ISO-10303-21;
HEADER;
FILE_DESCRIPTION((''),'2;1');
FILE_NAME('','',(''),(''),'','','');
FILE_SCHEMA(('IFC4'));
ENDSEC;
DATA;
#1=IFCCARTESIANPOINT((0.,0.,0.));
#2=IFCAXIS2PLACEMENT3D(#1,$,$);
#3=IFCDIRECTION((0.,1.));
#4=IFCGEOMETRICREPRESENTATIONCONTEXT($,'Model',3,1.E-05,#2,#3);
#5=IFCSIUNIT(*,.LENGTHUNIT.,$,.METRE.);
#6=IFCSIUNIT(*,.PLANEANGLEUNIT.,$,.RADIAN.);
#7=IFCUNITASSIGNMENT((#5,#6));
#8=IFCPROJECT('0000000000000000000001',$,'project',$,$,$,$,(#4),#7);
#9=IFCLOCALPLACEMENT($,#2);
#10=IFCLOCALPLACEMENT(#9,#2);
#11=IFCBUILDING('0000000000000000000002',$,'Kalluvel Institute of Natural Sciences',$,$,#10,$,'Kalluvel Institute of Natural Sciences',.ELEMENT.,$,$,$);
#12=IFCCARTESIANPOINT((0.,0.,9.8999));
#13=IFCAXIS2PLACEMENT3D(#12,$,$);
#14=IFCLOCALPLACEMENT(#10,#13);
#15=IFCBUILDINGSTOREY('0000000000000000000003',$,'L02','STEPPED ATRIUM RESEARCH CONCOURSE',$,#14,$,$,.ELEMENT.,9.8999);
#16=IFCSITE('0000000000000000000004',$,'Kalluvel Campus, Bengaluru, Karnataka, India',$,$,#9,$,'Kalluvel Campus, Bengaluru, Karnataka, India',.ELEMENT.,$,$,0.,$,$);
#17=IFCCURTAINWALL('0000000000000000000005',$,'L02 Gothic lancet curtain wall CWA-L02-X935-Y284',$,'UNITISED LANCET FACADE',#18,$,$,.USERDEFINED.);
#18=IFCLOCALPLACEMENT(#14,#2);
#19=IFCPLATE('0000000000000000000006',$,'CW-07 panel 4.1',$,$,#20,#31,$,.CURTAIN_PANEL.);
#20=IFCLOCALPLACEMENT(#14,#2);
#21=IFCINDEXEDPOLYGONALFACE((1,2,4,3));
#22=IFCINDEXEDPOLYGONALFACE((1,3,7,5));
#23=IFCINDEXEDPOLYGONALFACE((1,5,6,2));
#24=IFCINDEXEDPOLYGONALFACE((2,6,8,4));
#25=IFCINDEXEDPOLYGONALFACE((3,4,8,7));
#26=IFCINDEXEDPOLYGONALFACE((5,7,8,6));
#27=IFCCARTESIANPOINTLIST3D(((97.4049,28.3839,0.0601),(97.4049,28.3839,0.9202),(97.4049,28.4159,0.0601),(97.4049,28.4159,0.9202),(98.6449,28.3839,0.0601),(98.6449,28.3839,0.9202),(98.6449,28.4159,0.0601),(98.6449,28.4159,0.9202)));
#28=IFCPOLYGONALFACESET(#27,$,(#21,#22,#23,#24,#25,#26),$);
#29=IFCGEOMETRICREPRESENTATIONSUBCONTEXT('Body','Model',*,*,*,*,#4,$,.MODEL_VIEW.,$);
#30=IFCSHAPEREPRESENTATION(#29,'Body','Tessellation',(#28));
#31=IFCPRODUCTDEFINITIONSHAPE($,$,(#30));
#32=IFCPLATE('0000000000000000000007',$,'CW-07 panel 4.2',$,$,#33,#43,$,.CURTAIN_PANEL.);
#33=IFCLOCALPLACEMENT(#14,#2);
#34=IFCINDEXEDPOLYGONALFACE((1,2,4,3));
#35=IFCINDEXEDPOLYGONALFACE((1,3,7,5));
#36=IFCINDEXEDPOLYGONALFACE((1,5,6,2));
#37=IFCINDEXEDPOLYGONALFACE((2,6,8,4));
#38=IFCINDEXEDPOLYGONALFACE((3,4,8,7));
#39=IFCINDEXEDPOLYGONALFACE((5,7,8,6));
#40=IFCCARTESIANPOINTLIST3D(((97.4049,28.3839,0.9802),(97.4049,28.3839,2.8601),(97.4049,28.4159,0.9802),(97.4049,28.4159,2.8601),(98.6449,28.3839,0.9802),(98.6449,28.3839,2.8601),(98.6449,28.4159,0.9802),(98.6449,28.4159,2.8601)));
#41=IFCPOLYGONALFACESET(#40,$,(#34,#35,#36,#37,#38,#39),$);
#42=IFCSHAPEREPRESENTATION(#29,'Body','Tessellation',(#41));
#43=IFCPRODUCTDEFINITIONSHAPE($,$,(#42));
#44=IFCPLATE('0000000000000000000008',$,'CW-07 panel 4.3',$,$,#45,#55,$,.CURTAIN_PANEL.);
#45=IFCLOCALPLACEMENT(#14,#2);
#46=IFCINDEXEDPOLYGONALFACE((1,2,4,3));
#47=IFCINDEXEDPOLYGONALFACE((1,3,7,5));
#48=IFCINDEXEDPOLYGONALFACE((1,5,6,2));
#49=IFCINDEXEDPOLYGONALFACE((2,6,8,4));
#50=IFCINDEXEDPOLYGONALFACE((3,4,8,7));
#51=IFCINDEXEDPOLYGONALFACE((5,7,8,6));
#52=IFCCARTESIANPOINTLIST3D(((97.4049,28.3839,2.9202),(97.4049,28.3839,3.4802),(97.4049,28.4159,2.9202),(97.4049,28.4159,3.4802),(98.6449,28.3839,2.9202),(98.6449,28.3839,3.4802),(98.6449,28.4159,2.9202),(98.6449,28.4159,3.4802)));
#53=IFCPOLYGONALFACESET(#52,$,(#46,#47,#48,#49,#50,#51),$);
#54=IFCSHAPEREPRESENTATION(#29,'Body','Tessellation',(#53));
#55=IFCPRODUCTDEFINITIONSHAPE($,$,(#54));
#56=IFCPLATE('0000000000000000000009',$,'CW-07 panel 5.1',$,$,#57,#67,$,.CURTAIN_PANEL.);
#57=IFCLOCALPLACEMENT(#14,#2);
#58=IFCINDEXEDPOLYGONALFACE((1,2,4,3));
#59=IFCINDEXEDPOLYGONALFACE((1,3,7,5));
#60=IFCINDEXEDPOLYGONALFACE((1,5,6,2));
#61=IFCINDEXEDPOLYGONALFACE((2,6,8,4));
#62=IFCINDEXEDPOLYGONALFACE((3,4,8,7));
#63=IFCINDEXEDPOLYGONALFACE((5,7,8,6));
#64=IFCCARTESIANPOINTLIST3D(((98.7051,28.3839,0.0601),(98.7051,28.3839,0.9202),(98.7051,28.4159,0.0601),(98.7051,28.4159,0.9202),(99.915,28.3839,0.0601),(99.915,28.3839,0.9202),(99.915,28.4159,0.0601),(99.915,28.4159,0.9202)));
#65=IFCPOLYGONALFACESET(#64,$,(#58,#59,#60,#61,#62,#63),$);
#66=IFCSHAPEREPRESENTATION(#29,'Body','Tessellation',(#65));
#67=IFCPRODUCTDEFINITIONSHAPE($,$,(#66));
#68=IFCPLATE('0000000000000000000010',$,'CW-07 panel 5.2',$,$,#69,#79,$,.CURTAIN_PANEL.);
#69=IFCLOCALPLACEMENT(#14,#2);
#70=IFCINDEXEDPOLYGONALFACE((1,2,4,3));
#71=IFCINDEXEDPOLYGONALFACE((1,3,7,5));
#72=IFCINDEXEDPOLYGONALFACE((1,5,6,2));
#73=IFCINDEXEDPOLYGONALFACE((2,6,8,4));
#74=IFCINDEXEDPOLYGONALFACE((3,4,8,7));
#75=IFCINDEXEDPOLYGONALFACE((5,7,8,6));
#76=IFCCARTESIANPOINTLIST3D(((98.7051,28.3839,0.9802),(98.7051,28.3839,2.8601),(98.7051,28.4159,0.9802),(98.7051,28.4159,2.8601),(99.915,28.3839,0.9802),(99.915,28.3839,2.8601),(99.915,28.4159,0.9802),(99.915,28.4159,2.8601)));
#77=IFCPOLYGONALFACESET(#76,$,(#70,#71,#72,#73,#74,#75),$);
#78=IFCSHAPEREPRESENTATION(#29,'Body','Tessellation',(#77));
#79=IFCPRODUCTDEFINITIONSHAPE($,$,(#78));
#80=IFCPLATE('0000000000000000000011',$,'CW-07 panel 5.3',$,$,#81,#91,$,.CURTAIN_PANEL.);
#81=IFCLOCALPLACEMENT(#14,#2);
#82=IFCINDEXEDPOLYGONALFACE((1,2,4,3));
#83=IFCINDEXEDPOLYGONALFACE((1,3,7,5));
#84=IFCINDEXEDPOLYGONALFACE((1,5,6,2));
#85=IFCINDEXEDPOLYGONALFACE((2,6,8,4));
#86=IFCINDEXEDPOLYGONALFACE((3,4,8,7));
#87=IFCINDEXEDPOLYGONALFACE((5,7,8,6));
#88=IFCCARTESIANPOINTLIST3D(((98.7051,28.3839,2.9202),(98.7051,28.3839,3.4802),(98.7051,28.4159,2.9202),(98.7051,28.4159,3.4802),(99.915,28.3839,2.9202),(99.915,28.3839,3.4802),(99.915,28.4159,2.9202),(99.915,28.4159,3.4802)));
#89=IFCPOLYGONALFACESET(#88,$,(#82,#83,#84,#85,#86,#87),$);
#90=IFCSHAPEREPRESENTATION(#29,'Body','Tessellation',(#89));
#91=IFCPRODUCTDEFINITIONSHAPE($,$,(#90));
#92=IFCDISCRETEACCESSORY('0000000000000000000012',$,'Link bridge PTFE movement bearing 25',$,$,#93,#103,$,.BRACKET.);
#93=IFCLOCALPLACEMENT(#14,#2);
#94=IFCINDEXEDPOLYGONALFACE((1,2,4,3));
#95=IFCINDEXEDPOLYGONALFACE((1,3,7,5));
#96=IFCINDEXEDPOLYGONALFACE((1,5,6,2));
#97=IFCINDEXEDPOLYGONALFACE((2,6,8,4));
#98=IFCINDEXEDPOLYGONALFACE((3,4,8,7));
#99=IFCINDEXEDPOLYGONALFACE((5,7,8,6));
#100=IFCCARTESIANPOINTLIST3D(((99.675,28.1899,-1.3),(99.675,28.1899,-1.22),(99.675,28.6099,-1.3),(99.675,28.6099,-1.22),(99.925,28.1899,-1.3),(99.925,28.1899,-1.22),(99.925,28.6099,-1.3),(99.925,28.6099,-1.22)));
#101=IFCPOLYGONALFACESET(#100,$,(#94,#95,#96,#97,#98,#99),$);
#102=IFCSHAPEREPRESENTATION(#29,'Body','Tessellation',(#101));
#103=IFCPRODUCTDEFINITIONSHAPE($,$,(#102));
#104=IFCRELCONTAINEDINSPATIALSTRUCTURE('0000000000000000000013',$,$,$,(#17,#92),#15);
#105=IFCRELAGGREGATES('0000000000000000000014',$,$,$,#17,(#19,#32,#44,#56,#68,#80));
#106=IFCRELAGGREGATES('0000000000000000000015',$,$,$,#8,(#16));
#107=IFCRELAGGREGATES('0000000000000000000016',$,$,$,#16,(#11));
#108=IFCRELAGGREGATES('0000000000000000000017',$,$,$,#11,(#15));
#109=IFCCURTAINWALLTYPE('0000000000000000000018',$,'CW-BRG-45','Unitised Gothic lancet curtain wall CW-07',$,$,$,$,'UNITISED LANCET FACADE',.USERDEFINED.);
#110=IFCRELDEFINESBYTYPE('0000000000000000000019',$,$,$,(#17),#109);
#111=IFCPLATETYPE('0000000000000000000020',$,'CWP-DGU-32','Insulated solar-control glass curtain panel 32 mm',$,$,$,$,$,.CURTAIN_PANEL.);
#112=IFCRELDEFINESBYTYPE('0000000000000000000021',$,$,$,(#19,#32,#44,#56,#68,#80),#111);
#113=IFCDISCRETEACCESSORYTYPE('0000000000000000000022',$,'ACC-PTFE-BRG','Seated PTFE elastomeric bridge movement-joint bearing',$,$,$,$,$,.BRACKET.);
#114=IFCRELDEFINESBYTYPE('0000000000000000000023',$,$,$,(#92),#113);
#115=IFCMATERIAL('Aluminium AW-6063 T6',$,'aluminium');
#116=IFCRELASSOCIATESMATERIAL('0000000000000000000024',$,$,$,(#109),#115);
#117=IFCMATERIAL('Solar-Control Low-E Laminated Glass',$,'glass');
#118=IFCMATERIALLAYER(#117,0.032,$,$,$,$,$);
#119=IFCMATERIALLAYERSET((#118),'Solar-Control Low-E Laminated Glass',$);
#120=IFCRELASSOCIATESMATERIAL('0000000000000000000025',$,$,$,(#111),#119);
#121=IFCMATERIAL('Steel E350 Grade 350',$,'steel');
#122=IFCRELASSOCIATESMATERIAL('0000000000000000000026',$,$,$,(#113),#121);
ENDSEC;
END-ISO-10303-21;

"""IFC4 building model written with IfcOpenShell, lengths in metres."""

from ifc_helpers import new_model, si_unit, direction, frame, origin, origin_2d, place, context, subcontext, project, spatial, rectangle, extrude, material, layer, layer_set, type_object, element, aggregate, save


model = new_model("IFC4")

# Units and contexts
model_context = context("Model", 3, precision=1e-05, world=origin(), true_north=direction((0.0, 1.0)))
body_context = subcontext(model_context, "Body", "Model", "MODEL_VIEW")
ifc_project = project(units=[si_unit("LENGTHUNIT", "METRE"), si_unit("PLANEANGLEUNIT", "RADIAN")], contexts=[model_context])

# Site, building, storey
site_placement = place(None, origin())
site = spatial("IfcSite", under=ifc_project, at=site_placement, Name="Kalluvel Campus, Bengaluru, Karnataka, India", LongName="Kalluvel Campus, Bengaluru, Karnataka, India", CompositionType="ELEMENT", RefElevation=0.0)
building_placement = place(site_placement, origin())
building = spatial("IfcBuilding", under=site, at=building_placement, Name="Kalluvel Institute of Natural Sciences", LongName="Kalluvel Institute of Natural Sciences", CompositionType="ELEMENT")
storey_placement = place(building_placement, frame((0.0, 0.0, 9.8999)))
storey = spatial("IfcBuildingStorey", under=building, at=storey_placement, Name="L02", Description="STEPPED ATRIUM RESEARCH CONCOURSE", CompositionType="ELEMENT", Elevation=9.8999)

# Shared definitions
ifc_material_1 = material(Name="Steel E350 Grade 350", Category="steel")

# Curtain wall, plates
ifc_material_2 = material(Name="Aluminium AW-6063 T6", Category="aluminium")
curtain_wall_type = type_object("IfcCurtainWallType", Name="CW-BRG-45", Description="Unitised Gothic lancet curtain wall CW-07", ElementType="UNITISED LANCET FACADE", PredefinedType="USERDEFINED", material=ifc_material_2)
curtain_wall_placement = place(storey_placement, origin())
curtain_wall = element("IfcCurtainWall", 1, at=curtain_wall_placement, inside=storey, type_object=curtain_wall_type, Name="L02 Gothic lancet curtain wall CWA-L02-X935-Y284", ObjectType="UNITISED LANCET FACADE", PredefinedType="USERDEFINED")
ifc_material_3 = material(Name="Solar-Control Low-E Laminated Glass", Category="glass")
ifc_layer = layer(ifc_material_3, 0.032)
ifc_layer_set = layer_set([ifc_layer], Name="Solar-Control Low-E Laminated Glass")
plate_type = type_object("IfcPlateType", Name="CWP-DGU-32", Description="Insulated solar-control glass curtain panel 32 mm", PredefinedType="CURTAIN_PANEL", material=ifc_layer_set)
plate_1_placement = place(storey_placement, frame((98.0249, 28.3999, 0.0601), z_axis=(0.0, 0.0, 1.0), x_axis=(1.0, 0.0, 0.0)))
plate_1 = element("IfcPlate", 2, at=plate_1_placement, type_object=plate_type, Name="CW-07 panel 4.1", PredefinedType="CURTAIN_PANEL", context=body_context, shape_type="SweptSolid", body=[
    extrude(rectangle(XDim=1.24, YDim=0.032, at=origin_2d()), origin(), (0.0, 0.0, 1.0), 0.8601),
])
plate_2_placement = place(storey_placement, frame((98.0249, 28.3999, 0.9802), z_axis=(0.0, 0.0, 1.0), x_axis=(1.0, 0.0, 0.0)))
plate_2 = element("IfcPlate", 3, at=plate_2_placement, type_object=plate_type, Name="CW-07 panel 4.2", PredefinedType="CURTAIN_PANEL", context=body_context, shape_type="SweptSolid", body=[
    extrude(rectangle(XDim=1.24, YDim=0.032, at=origin_2d()), origin(), (0.0, 0.0, 1.0), 1.8799),
])
plate_3_placement = place(storey_placement, frame((98.0249, 28.3999, 2.9202), z_axis=(0.0, 0.0, 1.0), x_axis=(1.0, 0.0, 0.0)))
plate_3 = element("IfcPlate", 4, at=plate_3_placement, type_object=plate_type, Name="CW-07 panel 4.3", PredefinedType="CURTAIN_PANEL", context=body_context, shape_type="SweptSolid", body=[
    extrude(rectangle(XDim=1.24, YDim=0.032, at=origin_2d()), origin(), (0.0, 0.0, 1.0), 0.5601),
])
plate_4_placement = place(storey_placement, frame((99.3101, 28.3999, 0.0601), z_axis=(0.0, 0.0, 1.0), x_axis=(1.0, 0.0, 0.0)))
plate_4 = element("IfcPlate", 5, at=plate_4_placement, type_object=plate_type, Name="CW-07 panel 5.1", PredefinedType="CURTAIN_PANEL", context=body_context, shape_type="SweptSolid", body=[
    extrude(rectangle(XDim=1.21, YDim=0.032, at=origin_2d()), origin(), (0.0, 0.0, 1.0), 0.8601),
])
plate_5_placement = place(storey_placement, frame((99.3101, 28.3999, 0.9802), z_axis=(0.0, 0.0, 1.0), x_axis=(1.0, 0.0, 0.0)))
plate_5 = element("IfcPlate", 6, at=plate_5_placement, type_object=plate_type, Name="CW-07 panel 5.2", PredefinedType="CURTAIN_PANEL", context=body_context, shape_type="SweptSolid", body=[
    extrude(rectangle(XDim=1.21, YDim=0.032, at=origin_2d()), origin(), (0.0, 0.0, 1.0), 1.8799),
])
plate_6_placement = place(storey_placement, frame((99.3101, 28.3999, 2.9202), z_axis=(0.0, 0.0, 1.0), x_axis=(1.0, 0.0, 0.0)))
plate_6 = element("IfcPlate", 7, at=plate_6_placement, type_object=plate_type, Name="CW-07 panel 5.3", PredefinedType="CURTAIN_PANEL", context=body_context, shape_type="SweptSolid", body=[
    extrude(rectangle(XDim=1.21, YDim=0.032, at=origin_2d()), origin(), (0.0, 0.0, 1.0), 0.5601),
])
aggregate(curtain_wall, [plate_1, plate_2, plate_3, plate_4, plate_5, plate_6])

# Discrete accessory
discrete_accessory_type = type_object("IfcDiscreteAccessoryType", Name="ACC-PTFE-BRG", Description="Seated PTFE elastomeric bridge movement-joint bearing", PredefinedType="BRACKET", material=ifc_material_1)
discrete_accessory_placement = place(storey_placement, frame((99.8, 28.3999, -1.3), z_axis=(0.0, 0.0, 1.0), x_axis=(1.0, 0.0, 0.0)))
element("IfcDiscreteAccessory", 8, at=discrete_accessory_placement, inside=storey, type_object=discrete_accessory_type, Name="Link bridge PTFE movement bearing 25", PredefinedType="BRACKET", context=body_context, shape_type="SweptSolid", body=[
    extrude(rectangle(XDim=0.25, YDim=0.4199, at=origin_2d()), origin(), (0.0, 0.0, 1.0), 0.0801),
])

save(model, "model.ifc")
